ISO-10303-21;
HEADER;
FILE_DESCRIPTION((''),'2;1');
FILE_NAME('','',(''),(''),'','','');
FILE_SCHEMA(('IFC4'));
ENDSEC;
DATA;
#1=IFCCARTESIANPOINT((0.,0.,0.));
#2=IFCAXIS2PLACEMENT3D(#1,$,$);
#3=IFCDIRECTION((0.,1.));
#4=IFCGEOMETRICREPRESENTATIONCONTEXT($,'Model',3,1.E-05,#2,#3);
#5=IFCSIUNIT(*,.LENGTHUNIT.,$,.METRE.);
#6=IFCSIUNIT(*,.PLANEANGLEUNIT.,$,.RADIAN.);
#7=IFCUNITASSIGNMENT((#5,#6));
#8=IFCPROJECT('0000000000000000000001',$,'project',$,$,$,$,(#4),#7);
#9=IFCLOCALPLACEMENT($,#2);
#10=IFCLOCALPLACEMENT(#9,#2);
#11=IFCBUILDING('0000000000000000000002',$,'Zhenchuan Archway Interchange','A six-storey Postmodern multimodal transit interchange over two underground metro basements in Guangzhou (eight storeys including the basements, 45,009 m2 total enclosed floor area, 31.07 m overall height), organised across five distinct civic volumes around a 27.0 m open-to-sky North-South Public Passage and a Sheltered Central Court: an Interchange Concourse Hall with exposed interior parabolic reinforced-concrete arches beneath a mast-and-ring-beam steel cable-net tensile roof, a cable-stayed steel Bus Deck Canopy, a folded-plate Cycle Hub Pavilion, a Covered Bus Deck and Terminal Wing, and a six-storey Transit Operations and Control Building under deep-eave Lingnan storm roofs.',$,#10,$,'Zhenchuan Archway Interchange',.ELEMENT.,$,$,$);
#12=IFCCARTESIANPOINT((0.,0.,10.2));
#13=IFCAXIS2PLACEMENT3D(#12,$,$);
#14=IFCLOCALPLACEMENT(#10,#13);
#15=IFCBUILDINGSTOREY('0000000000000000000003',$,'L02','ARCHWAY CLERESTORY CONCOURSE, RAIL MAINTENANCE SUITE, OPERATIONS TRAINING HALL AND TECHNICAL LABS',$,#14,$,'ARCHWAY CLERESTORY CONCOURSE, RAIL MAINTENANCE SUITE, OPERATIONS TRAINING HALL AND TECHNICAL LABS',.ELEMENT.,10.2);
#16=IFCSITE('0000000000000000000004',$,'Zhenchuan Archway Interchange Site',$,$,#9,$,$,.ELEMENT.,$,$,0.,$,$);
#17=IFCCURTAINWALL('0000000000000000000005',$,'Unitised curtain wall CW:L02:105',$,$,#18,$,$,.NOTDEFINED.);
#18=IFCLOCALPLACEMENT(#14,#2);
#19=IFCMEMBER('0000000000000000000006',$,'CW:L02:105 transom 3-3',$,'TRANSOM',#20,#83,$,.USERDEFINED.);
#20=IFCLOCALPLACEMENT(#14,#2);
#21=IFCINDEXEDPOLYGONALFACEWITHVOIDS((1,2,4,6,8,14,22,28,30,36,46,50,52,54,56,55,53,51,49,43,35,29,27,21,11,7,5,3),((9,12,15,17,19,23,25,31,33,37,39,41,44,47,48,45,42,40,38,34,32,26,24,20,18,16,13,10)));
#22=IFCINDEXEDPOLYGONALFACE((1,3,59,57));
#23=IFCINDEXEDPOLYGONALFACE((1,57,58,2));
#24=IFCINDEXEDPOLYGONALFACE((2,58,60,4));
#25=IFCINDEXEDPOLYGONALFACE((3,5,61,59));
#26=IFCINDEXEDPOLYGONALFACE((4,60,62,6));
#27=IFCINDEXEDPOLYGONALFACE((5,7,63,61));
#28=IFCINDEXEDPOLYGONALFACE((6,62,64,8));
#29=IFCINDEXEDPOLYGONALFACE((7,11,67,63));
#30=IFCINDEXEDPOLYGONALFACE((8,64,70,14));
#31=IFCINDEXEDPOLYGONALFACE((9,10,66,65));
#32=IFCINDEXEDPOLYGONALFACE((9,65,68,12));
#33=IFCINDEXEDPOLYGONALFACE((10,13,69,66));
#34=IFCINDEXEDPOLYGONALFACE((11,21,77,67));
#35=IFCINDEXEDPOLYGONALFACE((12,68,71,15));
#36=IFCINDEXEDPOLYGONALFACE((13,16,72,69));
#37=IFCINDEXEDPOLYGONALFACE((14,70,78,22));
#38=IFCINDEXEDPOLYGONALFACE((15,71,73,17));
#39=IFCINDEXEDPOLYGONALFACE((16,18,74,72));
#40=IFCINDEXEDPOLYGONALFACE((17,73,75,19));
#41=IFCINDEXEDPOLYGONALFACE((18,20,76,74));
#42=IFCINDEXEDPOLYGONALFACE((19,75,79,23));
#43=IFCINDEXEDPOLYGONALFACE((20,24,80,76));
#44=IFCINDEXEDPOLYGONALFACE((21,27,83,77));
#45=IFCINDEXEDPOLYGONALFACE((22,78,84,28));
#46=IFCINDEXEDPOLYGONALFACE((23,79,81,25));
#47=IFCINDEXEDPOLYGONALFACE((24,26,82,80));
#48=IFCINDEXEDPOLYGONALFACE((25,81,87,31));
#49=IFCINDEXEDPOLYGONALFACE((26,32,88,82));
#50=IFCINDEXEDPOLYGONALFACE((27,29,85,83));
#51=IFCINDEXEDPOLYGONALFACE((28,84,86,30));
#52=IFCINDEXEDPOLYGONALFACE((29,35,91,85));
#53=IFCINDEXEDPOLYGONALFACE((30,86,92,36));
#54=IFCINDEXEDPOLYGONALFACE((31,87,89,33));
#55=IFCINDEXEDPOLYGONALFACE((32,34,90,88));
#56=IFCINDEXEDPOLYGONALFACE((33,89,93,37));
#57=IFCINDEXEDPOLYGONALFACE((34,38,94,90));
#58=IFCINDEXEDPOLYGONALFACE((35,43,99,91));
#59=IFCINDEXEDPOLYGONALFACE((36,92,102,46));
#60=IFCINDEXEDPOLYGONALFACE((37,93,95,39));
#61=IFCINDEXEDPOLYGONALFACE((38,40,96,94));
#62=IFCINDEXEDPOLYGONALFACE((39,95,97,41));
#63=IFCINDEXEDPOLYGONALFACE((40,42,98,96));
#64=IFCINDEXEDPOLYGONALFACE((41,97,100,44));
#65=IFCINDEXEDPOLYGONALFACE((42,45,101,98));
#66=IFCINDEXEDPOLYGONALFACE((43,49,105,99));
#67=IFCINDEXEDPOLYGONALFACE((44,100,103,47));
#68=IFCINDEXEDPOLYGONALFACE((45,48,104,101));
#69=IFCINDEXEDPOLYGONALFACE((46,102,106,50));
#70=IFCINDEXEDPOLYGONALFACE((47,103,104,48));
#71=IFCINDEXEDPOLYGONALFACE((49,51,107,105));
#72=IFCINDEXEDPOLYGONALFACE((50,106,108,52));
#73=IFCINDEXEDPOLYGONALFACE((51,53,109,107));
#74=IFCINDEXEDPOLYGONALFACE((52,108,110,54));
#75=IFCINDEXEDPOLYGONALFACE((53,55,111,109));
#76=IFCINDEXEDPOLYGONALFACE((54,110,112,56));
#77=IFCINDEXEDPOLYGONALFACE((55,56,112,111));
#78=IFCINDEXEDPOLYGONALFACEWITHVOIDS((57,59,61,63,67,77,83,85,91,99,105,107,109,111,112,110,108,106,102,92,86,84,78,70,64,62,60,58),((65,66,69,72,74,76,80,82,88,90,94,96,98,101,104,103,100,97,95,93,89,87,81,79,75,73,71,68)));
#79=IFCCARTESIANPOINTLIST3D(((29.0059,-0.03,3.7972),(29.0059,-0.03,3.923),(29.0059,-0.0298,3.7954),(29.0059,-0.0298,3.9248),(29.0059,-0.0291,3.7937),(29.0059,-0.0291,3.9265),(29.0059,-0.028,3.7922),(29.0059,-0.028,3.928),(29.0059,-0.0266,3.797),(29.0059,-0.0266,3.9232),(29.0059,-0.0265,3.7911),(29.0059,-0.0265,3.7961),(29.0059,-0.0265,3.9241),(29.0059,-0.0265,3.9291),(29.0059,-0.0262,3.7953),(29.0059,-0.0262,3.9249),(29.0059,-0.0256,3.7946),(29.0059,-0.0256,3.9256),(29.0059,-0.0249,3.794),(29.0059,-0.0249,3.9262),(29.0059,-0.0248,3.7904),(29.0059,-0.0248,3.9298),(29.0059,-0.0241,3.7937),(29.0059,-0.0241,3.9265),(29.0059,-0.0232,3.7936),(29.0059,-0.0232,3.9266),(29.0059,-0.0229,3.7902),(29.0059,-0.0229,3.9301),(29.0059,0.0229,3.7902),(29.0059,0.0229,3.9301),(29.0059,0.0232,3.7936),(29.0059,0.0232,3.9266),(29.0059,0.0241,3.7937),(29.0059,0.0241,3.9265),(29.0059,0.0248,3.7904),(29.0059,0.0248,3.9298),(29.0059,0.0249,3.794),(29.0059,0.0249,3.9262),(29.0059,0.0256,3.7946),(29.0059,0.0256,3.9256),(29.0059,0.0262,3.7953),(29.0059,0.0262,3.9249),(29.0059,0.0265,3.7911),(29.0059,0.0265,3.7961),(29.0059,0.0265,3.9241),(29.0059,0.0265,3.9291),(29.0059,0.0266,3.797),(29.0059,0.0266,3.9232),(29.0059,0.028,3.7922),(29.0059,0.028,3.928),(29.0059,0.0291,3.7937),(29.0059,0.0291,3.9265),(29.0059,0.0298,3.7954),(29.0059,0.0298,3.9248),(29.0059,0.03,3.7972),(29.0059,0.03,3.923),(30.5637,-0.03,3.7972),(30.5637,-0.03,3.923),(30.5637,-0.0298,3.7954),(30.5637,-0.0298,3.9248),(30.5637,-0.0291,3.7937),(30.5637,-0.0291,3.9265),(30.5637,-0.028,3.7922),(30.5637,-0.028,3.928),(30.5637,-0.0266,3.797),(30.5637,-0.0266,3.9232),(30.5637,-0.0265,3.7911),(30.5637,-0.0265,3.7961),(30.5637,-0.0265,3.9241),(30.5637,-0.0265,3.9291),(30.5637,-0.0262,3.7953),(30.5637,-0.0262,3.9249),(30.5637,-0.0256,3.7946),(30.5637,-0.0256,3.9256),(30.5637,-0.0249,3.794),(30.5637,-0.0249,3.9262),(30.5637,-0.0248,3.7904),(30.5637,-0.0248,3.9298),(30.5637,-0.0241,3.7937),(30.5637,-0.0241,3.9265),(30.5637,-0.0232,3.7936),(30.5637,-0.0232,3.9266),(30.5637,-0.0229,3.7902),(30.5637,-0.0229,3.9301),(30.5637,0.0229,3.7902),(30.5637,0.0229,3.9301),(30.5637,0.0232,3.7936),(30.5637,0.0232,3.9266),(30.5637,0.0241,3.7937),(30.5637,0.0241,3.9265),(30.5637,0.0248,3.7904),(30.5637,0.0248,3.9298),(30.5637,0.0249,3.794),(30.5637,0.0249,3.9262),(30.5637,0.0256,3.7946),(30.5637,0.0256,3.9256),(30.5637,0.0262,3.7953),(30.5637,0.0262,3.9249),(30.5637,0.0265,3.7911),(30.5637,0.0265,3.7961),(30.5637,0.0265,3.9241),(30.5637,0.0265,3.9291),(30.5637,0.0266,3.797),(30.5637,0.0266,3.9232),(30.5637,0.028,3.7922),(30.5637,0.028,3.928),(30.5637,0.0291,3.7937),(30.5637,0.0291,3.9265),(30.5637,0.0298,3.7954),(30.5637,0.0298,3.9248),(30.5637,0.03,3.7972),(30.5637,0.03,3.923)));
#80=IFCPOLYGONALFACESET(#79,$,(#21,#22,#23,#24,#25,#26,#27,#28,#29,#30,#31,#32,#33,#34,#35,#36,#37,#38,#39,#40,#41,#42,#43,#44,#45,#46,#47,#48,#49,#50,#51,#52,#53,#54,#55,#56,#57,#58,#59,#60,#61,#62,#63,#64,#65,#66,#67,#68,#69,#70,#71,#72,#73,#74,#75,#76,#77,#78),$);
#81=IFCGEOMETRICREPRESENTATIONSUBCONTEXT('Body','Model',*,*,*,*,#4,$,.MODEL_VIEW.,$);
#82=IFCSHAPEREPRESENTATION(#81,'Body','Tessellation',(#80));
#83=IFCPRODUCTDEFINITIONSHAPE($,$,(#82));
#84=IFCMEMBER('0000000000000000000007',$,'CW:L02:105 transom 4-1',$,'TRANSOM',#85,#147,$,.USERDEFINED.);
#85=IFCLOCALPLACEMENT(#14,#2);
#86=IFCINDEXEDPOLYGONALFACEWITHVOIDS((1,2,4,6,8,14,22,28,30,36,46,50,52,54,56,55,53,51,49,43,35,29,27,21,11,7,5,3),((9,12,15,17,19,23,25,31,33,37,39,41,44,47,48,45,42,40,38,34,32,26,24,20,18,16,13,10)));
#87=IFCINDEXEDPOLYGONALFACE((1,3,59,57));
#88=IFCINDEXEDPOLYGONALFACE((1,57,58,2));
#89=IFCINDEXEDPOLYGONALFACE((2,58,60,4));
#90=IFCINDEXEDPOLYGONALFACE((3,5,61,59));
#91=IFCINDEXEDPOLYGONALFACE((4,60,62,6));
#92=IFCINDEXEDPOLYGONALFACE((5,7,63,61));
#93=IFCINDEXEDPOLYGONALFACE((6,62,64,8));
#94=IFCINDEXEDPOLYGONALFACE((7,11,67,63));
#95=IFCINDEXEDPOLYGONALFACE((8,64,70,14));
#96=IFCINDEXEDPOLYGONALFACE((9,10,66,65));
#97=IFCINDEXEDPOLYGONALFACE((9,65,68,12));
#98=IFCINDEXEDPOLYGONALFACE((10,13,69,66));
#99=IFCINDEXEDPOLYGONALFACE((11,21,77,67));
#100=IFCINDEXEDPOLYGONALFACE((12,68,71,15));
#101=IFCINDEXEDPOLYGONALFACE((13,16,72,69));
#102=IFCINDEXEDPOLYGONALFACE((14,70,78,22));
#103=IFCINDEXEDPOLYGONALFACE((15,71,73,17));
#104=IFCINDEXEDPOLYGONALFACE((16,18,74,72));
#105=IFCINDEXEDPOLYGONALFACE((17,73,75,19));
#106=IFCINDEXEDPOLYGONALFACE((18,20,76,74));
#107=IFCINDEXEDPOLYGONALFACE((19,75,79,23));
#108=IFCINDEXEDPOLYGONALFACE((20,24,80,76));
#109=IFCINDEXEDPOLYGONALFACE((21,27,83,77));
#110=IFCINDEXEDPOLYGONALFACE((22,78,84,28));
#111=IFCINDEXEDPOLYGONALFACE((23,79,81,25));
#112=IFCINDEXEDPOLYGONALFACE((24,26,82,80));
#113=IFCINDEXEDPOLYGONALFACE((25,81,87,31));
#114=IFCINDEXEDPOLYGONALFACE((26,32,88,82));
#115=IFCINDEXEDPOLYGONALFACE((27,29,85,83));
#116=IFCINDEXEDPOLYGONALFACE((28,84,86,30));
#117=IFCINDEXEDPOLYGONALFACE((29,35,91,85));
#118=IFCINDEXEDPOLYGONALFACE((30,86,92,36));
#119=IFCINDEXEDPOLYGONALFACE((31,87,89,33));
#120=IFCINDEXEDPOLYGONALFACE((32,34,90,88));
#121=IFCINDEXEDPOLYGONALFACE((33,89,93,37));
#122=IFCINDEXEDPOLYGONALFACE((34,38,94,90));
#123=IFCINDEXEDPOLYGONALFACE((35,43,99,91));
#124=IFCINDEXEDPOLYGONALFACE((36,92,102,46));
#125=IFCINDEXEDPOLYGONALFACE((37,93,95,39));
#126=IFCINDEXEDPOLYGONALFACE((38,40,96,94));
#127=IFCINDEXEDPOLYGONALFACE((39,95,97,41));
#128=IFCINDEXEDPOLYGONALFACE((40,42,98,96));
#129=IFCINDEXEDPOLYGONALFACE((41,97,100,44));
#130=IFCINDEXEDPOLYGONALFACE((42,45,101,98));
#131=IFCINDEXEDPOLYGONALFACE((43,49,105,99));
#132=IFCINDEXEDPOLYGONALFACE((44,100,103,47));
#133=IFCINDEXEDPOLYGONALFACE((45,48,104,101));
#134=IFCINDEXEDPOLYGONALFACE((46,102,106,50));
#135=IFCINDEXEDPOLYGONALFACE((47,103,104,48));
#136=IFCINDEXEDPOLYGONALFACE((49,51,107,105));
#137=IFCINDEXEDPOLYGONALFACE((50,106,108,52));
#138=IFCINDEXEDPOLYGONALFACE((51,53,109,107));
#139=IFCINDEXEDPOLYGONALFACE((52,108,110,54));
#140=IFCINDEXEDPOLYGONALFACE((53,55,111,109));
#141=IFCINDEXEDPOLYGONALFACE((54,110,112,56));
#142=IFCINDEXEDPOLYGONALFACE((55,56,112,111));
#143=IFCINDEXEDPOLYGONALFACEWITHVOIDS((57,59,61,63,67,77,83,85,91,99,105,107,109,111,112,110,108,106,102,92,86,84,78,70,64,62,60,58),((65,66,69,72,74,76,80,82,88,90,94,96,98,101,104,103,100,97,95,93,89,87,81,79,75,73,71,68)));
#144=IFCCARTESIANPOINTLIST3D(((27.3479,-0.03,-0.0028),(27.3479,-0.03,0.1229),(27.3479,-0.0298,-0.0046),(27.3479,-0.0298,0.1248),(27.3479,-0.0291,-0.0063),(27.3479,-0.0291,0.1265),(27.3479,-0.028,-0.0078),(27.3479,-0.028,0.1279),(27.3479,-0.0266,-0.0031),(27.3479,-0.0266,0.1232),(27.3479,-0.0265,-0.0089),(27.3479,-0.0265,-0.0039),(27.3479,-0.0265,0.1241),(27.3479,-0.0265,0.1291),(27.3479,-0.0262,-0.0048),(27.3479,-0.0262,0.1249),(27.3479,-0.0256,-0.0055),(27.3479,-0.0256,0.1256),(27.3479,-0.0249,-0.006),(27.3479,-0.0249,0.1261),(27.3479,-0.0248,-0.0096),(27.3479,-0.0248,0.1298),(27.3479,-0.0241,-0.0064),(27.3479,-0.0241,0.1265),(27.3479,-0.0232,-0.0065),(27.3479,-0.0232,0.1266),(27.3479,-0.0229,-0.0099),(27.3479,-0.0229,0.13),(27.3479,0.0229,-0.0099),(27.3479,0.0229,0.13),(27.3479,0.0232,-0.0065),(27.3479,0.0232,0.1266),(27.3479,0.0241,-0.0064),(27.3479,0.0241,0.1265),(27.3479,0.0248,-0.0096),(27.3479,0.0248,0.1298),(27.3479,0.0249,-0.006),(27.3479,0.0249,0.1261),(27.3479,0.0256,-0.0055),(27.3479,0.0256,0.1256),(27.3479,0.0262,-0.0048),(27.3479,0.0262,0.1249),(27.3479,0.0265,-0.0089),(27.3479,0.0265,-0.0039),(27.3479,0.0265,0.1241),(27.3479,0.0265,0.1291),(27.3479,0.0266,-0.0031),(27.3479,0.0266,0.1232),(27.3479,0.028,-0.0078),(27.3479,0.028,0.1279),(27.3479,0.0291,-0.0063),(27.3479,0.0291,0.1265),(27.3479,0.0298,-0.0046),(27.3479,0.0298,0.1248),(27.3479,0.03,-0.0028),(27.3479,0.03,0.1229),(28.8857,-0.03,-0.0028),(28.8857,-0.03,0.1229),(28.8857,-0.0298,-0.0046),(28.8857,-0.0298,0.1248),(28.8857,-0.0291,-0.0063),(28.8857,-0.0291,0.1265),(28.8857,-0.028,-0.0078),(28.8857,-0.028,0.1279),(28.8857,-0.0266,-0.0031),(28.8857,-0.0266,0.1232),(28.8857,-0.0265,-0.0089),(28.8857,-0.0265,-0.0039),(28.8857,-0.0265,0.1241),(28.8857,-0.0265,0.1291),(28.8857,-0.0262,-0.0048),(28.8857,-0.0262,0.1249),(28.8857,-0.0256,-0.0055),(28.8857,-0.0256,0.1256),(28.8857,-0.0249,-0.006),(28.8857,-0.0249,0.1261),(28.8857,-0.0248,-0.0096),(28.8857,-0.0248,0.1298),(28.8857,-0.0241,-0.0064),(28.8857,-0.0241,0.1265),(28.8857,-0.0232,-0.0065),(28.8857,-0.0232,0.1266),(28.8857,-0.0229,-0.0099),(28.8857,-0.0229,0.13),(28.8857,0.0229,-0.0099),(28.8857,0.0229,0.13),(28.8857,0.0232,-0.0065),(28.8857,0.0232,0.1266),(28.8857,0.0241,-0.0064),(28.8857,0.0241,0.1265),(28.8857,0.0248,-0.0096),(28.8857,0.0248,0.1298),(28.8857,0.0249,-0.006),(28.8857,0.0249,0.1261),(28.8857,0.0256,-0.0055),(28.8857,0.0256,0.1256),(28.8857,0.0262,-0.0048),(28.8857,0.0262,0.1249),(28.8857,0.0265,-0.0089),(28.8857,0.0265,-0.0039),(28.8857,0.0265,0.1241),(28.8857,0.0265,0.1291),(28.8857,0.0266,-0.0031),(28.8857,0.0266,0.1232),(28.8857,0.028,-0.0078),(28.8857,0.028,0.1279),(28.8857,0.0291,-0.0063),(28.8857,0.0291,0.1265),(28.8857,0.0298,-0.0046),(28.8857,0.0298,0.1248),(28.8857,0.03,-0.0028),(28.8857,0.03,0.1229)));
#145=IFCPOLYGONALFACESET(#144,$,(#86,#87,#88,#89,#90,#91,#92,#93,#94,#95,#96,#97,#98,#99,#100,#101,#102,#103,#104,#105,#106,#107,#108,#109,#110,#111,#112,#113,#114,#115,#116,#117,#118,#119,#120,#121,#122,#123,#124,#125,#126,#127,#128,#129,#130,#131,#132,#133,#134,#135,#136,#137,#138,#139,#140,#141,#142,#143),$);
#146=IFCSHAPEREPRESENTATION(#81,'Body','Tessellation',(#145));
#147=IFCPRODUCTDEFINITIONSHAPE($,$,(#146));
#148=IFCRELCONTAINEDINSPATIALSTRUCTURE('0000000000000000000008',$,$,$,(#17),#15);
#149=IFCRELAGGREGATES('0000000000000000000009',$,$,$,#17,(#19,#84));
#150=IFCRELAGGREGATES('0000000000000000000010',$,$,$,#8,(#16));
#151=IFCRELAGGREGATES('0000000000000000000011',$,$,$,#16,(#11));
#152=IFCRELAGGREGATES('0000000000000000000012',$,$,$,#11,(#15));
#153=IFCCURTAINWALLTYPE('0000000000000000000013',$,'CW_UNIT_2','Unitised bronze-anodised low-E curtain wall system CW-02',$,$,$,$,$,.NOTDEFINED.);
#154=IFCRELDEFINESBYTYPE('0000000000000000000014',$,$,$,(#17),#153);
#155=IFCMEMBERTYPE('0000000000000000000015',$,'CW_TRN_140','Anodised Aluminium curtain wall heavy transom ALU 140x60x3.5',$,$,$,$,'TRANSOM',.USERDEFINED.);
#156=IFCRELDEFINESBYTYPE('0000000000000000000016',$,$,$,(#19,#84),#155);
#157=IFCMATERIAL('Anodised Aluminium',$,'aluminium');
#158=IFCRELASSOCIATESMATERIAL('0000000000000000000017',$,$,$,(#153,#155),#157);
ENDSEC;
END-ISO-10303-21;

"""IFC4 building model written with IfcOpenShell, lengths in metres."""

from ifc_helpers import new_model, si_unit, direction, frame, origin, origin_2d, place, context, subcontext, project, spatial, hollow_rectangle, extrude, material, material_profile, profile_set, type_object, element, aggregate, save


model = new_model("IFC4")

# Units and contexts
model_context = context("Model", 3, precision=1e-05, world=origin(), true_north=direction((0.0, 1.0)))
body_context = subcontext(model_context, "Body", "Model", "MODEL_VIEW")
ifc_project = project(units=[si_unit("LENGTHUNIT", "METRE"), si_unit("PLANEANGLEUNIT", "RADIAN")], contexts=[model_context])

# Site, building, storey
site_placement = place(None, origin())
site = spatial("IfcSite", under=ifc_project, at=site_placement, Name="Zhenchuan Archway Interchange Site", CompositionType="ELEMENT", RefElevation=0.0)
building_placement = place(site_placement, origin())
building = spatial("IfcBuilding", under=site, at=building_placement, Name="Zhenchuan Archway Interchange", Description="A six-storey Postmodern multimodal transit interchange over two underground metro basements in Guangzhou (eight storeys including the basements, 45,009 m2 total enclosed floor area, 31.07 m overall height), organised across five distinct civic volumes around a 27.0 m open-to-sky North-South Public Passage and a Sheltered Central Court: an Interchange Concourse Hall with exposed interior parabolic reinforced-concrete arches beneath a mast-and-ring-beam steel cable-net tensile roof, a cable-stayed steel Bus Deck Canopy, a folded-plate Cycle Hub Pavilion, a Covered Bus Deck and Terminal Wing, and a six-storey Transit Operations and Control Building under deep-eave Lingnan storm roofs.", LongName="Zhenchuan Archway Interchange", CompositionType="ELEMENT")
storey_placement = place(building_placement, frame((0.0, 0.0, 10.2)))
storey = spatial("IfcBuildingStorey", under=building, at=storey_placement, Name="L02", Description="ARCHWAY CLERESTORY CONCOURSE, RAIL MAINTENANCE SUITE, OPERATIONS TRAINING HALL AND TECHNICAL LABS", LongName="ARCHWAY CLERESTORY CONCOURSE, RAIL MAINTENANCE SUITE, OPERATIONS TRAINING HALL AND TECHNICAL LABS", CompositionType="ELEMENT", Elevation=10.2)

# Curtain wall
ifc_material_1 = material(Name="Anodised Aluminium", Category="aluminium")
curtain_wall_type_1 = type_object("IfcCurtainWallType", Name="CW_UNIT_2", Description="Unitised bronze-anodised low-E curtain wall system CW-02", PredefinedType="NOTDEFINED", material=ifc_material_1)
curtain_wall_1_placement = place(storey_placement, origin())
curtain_wall_1 = element("IfcCurtainWall", 1, at=curtain_wall_1_placement, inside=storey, type_object=curtain_wall_type_1, Name="Unitised curtain wall CW:L02:105", PredefinedType="NOTDEFINED")

# Members
ifc_material_profile_1 = material_profile(ifc_material_1, hollow_rectangle(XDim=0.0601, YDim=0.1399, WallThickness=0.0034, InnerFilletRadius=0.0034, OuterFilletRadius=0.0071, at=origin_2d()), Name="ALU 140x60x3.5")
ifc_profile_set_1 = profile_set([ifc_material_profile_1], Name="Anodised Aluminium")
member_type_1 = type_object("IfcMemberType", Name="CW_TRN_140", Description="Anodised Aluminium curtain wall heavy transom ALU 140x60x3.5", ElementType="TRANSOM", PredefinedType="USERDEFINED", material=ifc_profile_set_1)
member_1_placement = place(storey_placement, frame((30.5637, 0.0, 3.8601), z_axis=(-1.0, 0.0, 0.0), x_axis=(0.0, -1.0, 0.0)))
member_1 = element("IfcMember", 2, at=member_1_placement, type_object=member_type_1, Name="CW:L02:105 transom 3-3", ObjectType="TRANSOM", PredefinedType="USERDEFINED", context=body_context, shape_type="SweptSolid", body=[
    extrude(hollow_rectangle(XDim=0.0601, YDim=0.1399, WallThickness=0.0034, InnerFilletRadius=0.0034, OuterFilletRadius=0.0071, at=origin_2d()), origin(), (0.0, 0.0, 1.0), 1.5579),
])
member_2_placement = place(storey_placement, frame((28.8857, 0.0, 0.0601), z_axis=(-1.0, 0.0, 0.0), x_axis=(0.0, -1.0, 0.0)))
member_2 = element("IfcMember", 3, at=member_2_placement, type_object=member_type_1, Name="CW:L02:105 transom 4-1", ObjectType="TRANSOM", PredefinedType="USERDEFINED", context=body_context, shape_type="SweptSolid", body=[
    extrude(hollow_rectangle(XDim=0.0601, YDim=0.1399, WallThickness=0.0034, InnerFilletRadius=0.0034, OuterFilletRadius=0.0071, at=origin_2d()), origin(), (0.0, 0.0, 1.0), 1.5378),
])

aggregate(curtain_wall_1, [member_1, member_2])

save(model, "model.ifc")
